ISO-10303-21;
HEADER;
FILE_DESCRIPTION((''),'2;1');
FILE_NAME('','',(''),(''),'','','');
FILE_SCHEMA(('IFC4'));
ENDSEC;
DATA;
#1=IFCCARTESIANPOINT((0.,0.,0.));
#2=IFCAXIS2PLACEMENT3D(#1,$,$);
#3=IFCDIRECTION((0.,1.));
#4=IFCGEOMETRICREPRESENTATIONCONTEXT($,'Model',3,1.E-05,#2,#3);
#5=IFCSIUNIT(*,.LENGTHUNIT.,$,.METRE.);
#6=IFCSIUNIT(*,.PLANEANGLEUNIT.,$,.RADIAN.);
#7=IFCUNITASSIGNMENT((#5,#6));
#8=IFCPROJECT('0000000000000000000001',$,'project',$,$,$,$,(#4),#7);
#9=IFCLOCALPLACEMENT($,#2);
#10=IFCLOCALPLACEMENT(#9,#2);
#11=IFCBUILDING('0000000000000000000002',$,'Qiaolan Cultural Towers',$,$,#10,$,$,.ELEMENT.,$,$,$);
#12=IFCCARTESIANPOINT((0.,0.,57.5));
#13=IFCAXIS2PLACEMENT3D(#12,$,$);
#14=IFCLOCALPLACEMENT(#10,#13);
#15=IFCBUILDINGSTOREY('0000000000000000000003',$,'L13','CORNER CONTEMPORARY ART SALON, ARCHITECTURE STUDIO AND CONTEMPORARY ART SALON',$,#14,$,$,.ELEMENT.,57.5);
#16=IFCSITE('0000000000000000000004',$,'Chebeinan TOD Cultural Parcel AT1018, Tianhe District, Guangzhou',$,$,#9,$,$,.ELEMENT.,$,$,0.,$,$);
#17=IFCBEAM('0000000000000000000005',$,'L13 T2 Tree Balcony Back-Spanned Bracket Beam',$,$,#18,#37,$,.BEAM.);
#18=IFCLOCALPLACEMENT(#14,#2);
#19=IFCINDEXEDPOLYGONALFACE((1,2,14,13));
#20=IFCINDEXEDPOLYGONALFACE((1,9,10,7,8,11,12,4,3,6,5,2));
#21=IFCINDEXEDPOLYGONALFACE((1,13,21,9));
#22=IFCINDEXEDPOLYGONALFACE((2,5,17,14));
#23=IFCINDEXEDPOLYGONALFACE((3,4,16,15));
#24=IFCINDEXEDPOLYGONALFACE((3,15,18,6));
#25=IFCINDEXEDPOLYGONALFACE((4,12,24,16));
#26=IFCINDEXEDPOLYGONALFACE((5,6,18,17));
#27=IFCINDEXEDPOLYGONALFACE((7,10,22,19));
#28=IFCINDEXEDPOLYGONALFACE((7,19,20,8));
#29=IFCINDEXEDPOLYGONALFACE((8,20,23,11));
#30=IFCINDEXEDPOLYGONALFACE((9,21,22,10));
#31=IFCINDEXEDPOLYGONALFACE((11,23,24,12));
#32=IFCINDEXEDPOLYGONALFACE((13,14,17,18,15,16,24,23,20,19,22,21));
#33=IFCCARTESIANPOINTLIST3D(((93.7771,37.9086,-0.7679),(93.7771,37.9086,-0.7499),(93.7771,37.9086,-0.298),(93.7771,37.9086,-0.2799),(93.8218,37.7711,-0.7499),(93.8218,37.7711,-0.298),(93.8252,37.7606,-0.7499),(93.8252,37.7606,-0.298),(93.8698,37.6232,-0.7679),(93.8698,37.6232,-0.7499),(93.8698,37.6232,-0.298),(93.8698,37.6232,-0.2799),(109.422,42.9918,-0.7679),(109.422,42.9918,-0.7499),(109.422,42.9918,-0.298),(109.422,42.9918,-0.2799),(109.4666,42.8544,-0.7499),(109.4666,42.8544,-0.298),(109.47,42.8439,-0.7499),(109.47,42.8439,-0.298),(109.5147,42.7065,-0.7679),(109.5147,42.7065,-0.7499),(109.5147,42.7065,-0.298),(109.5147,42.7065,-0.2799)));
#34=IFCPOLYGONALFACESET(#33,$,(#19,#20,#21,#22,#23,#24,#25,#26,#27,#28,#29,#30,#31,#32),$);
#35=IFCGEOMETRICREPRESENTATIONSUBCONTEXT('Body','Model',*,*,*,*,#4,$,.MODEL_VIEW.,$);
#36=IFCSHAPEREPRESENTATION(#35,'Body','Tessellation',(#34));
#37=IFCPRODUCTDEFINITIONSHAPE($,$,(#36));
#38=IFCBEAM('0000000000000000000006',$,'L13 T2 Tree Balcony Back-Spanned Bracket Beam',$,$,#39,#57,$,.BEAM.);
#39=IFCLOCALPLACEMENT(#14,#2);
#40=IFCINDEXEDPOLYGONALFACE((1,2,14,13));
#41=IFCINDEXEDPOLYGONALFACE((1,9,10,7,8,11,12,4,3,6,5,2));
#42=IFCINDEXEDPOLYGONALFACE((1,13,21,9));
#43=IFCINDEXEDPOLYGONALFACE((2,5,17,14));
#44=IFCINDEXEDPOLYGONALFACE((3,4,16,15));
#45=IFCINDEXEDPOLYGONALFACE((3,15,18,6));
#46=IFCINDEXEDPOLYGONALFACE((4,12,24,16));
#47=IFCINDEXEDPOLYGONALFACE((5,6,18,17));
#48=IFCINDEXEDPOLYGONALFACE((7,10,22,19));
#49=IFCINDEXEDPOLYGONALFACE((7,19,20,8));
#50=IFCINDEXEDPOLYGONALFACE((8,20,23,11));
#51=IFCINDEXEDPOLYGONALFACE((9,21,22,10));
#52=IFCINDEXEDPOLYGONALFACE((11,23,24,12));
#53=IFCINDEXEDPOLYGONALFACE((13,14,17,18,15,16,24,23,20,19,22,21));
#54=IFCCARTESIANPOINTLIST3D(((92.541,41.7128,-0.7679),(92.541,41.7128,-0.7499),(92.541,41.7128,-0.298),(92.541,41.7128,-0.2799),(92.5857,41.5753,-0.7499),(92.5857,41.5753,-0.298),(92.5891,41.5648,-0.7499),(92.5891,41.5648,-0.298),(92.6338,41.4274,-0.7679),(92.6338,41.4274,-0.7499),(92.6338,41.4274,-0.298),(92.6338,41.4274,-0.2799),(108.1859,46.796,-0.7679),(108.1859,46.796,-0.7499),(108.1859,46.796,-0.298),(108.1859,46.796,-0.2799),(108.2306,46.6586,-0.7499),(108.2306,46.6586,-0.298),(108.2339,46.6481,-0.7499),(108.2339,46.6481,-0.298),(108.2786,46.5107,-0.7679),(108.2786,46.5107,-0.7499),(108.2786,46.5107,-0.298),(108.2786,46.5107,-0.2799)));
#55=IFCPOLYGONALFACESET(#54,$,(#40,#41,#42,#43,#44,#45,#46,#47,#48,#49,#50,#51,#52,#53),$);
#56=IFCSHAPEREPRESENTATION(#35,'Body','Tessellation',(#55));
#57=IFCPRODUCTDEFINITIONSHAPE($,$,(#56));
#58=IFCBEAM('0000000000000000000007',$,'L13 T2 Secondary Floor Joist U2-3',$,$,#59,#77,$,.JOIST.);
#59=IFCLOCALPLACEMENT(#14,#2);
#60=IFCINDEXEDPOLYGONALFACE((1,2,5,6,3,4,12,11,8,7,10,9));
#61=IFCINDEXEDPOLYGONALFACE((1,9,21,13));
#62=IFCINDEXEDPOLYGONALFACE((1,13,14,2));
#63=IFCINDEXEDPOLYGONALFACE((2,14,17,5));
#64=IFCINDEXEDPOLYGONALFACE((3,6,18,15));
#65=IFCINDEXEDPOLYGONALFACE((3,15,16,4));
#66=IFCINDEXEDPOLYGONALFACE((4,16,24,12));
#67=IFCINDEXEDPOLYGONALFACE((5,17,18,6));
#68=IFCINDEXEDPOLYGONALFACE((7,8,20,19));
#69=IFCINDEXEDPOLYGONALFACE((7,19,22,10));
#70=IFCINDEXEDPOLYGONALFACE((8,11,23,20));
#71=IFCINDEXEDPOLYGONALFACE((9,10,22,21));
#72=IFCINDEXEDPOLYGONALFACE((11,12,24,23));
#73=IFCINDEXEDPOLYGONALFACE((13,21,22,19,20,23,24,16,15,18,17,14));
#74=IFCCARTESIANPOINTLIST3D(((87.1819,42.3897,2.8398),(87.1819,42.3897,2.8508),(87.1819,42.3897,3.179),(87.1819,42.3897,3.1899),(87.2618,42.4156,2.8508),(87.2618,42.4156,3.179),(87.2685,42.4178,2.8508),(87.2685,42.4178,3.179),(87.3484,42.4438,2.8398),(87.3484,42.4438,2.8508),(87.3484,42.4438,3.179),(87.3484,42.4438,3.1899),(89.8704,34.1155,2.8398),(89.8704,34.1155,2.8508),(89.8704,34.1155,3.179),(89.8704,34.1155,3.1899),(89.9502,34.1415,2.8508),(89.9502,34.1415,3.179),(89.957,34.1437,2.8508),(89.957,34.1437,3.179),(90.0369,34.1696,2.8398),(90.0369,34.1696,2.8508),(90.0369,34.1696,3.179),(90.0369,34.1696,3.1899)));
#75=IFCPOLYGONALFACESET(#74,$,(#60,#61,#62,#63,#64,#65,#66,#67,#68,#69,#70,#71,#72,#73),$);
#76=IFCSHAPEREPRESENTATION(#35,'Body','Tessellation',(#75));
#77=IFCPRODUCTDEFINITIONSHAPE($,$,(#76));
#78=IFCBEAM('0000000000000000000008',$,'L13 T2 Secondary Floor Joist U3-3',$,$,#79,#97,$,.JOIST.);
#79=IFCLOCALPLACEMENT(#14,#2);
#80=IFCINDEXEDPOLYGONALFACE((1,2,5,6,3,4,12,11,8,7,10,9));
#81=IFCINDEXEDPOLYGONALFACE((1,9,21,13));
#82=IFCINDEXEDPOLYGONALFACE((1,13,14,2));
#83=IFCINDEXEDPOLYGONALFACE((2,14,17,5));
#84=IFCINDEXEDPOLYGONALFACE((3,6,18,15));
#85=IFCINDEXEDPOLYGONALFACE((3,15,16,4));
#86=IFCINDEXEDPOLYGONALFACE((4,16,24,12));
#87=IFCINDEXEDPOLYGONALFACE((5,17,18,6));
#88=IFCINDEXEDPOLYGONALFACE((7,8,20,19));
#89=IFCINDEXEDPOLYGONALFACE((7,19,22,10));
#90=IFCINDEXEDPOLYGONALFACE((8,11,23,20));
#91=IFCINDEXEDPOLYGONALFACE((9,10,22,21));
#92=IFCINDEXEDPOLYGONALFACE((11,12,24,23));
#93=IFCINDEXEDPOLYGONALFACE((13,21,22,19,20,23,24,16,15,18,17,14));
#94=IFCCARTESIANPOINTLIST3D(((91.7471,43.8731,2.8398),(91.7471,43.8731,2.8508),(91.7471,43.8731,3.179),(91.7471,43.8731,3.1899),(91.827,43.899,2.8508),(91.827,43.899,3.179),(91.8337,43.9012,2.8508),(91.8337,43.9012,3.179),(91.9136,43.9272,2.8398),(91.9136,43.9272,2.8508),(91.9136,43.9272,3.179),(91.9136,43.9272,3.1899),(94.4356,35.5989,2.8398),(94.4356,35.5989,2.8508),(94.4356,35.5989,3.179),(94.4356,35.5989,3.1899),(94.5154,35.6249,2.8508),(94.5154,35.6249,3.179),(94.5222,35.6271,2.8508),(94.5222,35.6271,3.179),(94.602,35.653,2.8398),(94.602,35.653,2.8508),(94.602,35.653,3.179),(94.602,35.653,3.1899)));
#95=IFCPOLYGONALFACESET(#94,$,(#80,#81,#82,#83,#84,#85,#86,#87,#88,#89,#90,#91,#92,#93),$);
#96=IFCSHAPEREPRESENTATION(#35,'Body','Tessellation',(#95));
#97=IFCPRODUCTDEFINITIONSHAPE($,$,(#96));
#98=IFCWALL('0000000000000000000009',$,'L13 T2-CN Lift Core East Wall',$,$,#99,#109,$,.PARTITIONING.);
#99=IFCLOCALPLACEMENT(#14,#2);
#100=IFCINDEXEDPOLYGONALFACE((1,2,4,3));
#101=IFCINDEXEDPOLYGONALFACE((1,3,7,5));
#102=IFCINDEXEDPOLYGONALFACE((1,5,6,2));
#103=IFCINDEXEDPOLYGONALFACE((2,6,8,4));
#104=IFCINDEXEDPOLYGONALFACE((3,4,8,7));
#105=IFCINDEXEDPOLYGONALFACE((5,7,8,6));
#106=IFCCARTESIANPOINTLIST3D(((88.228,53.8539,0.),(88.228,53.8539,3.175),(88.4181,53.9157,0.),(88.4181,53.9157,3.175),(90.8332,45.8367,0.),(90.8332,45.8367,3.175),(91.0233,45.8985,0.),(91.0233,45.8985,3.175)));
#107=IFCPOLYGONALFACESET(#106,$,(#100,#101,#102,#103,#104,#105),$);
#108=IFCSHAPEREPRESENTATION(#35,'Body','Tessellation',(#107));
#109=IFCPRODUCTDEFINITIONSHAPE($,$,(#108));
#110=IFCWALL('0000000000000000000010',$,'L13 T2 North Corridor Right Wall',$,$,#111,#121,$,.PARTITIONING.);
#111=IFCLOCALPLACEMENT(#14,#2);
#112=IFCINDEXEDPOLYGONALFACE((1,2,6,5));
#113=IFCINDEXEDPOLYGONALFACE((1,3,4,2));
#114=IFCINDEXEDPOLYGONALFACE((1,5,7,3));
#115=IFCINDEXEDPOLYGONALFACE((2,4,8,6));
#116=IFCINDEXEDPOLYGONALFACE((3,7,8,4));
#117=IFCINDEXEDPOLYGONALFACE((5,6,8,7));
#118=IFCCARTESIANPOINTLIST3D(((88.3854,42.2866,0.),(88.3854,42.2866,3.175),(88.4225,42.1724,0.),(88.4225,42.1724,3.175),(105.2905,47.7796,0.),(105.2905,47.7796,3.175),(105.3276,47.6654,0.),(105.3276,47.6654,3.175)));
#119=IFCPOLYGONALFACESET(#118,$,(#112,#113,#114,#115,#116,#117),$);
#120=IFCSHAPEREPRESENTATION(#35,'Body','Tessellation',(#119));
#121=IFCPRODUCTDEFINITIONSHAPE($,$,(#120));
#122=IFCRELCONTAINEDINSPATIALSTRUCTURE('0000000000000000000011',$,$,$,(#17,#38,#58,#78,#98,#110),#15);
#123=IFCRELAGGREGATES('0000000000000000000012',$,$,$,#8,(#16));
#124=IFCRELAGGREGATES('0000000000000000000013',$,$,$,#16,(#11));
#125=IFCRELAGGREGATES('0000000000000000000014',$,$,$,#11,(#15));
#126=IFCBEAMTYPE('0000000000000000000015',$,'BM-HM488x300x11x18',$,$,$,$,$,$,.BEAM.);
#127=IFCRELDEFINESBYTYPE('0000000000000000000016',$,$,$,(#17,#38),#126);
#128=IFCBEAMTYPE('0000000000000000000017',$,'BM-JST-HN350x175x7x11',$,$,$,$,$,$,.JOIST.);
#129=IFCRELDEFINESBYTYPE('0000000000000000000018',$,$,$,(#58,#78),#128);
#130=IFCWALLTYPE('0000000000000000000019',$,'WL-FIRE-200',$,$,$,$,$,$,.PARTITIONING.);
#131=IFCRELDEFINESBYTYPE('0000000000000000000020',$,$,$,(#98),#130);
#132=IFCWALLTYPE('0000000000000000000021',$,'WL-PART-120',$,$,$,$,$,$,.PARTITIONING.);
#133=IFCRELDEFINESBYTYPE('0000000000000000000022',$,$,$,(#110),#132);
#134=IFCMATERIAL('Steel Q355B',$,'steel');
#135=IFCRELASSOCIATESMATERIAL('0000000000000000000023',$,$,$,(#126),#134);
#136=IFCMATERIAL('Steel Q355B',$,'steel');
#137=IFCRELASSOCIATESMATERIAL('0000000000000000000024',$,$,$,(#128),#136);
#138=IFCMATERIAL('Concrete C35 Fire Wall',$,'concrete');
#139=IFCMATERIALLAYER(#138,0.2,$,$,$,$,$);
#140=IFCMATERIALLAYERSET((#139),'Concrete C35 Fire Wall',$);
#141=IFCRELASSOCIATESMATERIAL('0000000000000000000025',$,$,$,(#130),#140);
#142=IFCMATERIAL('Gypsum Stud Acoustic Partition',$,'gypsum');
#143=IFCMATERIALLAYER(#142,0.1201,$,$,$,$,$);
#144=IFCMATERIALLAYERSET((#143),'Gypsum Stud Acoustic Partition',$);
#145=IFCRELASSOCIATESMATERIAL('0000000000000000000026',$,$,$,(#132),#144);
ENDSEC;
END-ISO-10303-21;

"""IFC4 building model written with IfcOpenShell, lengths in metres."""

from ifc_helpers import new_model, si_unit, direction, frame, frame_2d, origin, origin_2d, place, context, subcontext, project, spatial, rectangle, i_section, extrude, material, layer, layer_set, material_profile, profile_set, type_object, element, save


model = new_model("IFC4")

# Units and contexts
model_context = context("Model", 3, precision=1e-05, world=origin(), true_north=direction((0.0, 1.0)))
body_context = subcontext(model_context, "Body", "Model", "MODEL_VIEW")
ifc_project = project(units=[si_unit("LENGTHUNIT", "METRE"), si_unit("PLANEANGLEUNIT", "RADIAN")], contexts=[model_context])

# Site, building, storey
site_placement = place(None, origin())
site = spatial("IfcSite", under=ifc_project, at=site_placement, Name="Chebeinan TOD Cultural Parcel AT1018, Tianhe District, Guangzhou", CompositionType="ELEMENT", RefElevation=0.0)
building_placement = place(site_placement, origin())
building = spatial("IfcBuilding", under=site, at=building_placement, Name="Qiaolan Cultural Towers", CompositionType="ELEMENT")
storey_placement = place(building_placement, frame((0.0, 0.0, 57.5)))
storey = spatial("IfcBuildingStorey", under=building, at=storey_placement, Name="L13", Description="CORNER CONTEMPORARY ART SALON, ARCHITECTURE STUDIO AND CONTEMPORARY ART SALON", CompositionType="ELEMENT", Elevation=57.5)

# Beams
ifc_material_1 = material(Name="Steel Q355B", Category="steel")
ifc_material_profile_1 = material_profile(ifc_material_1, i_section(OverallWidth=0.3, OverallDepth=0.488, WebThickness=0.011, FlangeThickness=0.0181, at=origin_2d()), Name="HM488x300x11x18")
ifc_profile_set_1 = profile_set([ifc_material_profile_1], Name="Steel Q355B")
beam_type_1 = type_object("IfcBeamType", Name="BM-HM488x300x11x18", PredefinedType="BEAM", material=ifc_profile_set_1)
for number, where, z_axis, x_axis, name in (
    (1, (93.8235, 37.7659, -0.5239), (0.951057, 0.309015, 0.0), (-0.309015, 0.951057, 0.0), "L13 T2 Tree Balcony Back-Spanned Bracket Beam"),
    (2, (92.5874, 41.5701, -0.5239), (0.951057, 0.309015, 0.0), (-0.309015, 0.951057, 0.0), "L13 T2 Tree Balcony Back-Spanned Bracket Beam"),
):
    element("IfcBeam", number, at=place(storey_placement, frame(where, z_axis=z_axis, x_axis=x_axis)), inside=storey, type_object=beam_type_1, Name=name, PredefinedType="BEAM", context=body_context, shape_type="SweptSolid", body=[
        extrude(i_section(OverallWidth=0.3, OverallDepth=0.488, WebThickness=0.011, FlangeThickness=0.0181, at=origin_2d()), origin(), (0.0, 0.0, 1.0), 16.45),
    ])
ifc_material_2 = material(Name="Steel Q355B", Category="steel")
ifc_material_profile_2 = material_profile(ifc_material_2, i_section(OverallWidth=0.175, OverallDepth=0.3501, WebThickness=0.0071, FlangeThickness=0.011, at=origin_2d()), Name="HN350x175x7x11")
ifc_profile_set_2 = profile_set([ifc_material_profile_2], Name="Steel Q355B")
beam_type_2 = type_object("IfcBeamType", Name="BM-JST-HN350x175x7x11", PredefinedType="JOIST", material=ifc_profile_set_2)
for number, where, z_axis, x_axis, name in (
    (3, (89.9536, 34.1426, 3.0149), (-0.309021, 0.951055, 0.0), (-0.951055, -0.309021, 0.0), "L13 T2 Secondary Floor Joist U2-3"),
    (4, (94.5188, 35.626, 3.0149), (-0.309021, 0.951055, 0.0), (-0.951055, -0.309021, 0.0), "L13 T2 Secondary Floor Joist U3-3"),
):
    element("IfcBeam", number, at=place(storey_placement, frame(where, z_axis=z_axis, x_axis=x_axis)), inside=storey, type_object=beam_type_2, Name=name, PredefinedType="JOIST", context=body_context, shape_type="SweptSolid", body=[
        extrude(i_section(OverallWidth=0.175, OverallDepth=0.3501, WebThickness=0.0071, FlangeThickness=0.011, at=origin_2d()), origin(), (0.0, 0.0, 1.0), 8.7),
    ])

# Walls
ifc_material_3 = material(Name="Concrete C35 Fire Wall", Category="concrete")
ifc_layer_1 = layer(ifc_material_3, 0.2)
ifc_layer_set_1 = layer_set([ifc_layer_1], Name="Concrete C35 Fire Wall")
wall_type_1 = type_object("IfcWallType", Name="WL-FIRE-200", PredefinedType="PARTITIONING", material=ifc_layer_set_1)
wall_1_placement = place(storey_placement, frame((90.9282, 45.8677, 0.0), z_axis=(0.0, 0.0, 1.0), x_axis=(-0.309042, 0.951048, 0.0)))
element("IfcWall", 5, at=wall_1_placement, inside=storey, type_object=wall_type_1, Name="L13 T2-CN Lift Core East Wall", PredefinedType="PARTITIONING", context=body_context, shape_type="SweptSolid", body=[
    extrude(rectangle(XDim=8.4299, YDim=0.2, at=frame_2d((4.2148, 0.0))), origin(), (0.0, 0.0, 1.0), 3.175),
])
ifc_material_4 = material(Name="Gypsum Stud Acoustic Partition", Category="gypsum")
ifc_layer_2 = layer(ifc_material_4, 0.1201)
ifc_layer_set_2 = layer_set([ifc_layer_2], Name="Gypsum Stud Acoustic Partition")
wall_type_2 = type_object("IfcWallType", Name="WL-PART-120", PredefinedType="PARTITIONING", material=ifc_layer_set_2)
wall_2_placement = place(storey_placement, frame((88.4038, 42.2295, 0.0), z_axis=(0.0, 0.0, 1.0), x_axis=(0.951054, 0.309024, 0.0)))
element("IfcWall", 6, at=wall_2_placement, inside=storey, type_object=wall_type_2, Name="L13 T2 North Corridor Right Wall", PredefinedType="PARTITIONING", context=body_context, shape_type="SweptSolid", body=[
    extrude(rectangle(XDim=17.7751, YDim=0.1201, at=frame_2d((8.8877, 0.0))), origin(), (0.0, 0.0, 1.0), 3.175),
])

save(model, "model.ifc")
